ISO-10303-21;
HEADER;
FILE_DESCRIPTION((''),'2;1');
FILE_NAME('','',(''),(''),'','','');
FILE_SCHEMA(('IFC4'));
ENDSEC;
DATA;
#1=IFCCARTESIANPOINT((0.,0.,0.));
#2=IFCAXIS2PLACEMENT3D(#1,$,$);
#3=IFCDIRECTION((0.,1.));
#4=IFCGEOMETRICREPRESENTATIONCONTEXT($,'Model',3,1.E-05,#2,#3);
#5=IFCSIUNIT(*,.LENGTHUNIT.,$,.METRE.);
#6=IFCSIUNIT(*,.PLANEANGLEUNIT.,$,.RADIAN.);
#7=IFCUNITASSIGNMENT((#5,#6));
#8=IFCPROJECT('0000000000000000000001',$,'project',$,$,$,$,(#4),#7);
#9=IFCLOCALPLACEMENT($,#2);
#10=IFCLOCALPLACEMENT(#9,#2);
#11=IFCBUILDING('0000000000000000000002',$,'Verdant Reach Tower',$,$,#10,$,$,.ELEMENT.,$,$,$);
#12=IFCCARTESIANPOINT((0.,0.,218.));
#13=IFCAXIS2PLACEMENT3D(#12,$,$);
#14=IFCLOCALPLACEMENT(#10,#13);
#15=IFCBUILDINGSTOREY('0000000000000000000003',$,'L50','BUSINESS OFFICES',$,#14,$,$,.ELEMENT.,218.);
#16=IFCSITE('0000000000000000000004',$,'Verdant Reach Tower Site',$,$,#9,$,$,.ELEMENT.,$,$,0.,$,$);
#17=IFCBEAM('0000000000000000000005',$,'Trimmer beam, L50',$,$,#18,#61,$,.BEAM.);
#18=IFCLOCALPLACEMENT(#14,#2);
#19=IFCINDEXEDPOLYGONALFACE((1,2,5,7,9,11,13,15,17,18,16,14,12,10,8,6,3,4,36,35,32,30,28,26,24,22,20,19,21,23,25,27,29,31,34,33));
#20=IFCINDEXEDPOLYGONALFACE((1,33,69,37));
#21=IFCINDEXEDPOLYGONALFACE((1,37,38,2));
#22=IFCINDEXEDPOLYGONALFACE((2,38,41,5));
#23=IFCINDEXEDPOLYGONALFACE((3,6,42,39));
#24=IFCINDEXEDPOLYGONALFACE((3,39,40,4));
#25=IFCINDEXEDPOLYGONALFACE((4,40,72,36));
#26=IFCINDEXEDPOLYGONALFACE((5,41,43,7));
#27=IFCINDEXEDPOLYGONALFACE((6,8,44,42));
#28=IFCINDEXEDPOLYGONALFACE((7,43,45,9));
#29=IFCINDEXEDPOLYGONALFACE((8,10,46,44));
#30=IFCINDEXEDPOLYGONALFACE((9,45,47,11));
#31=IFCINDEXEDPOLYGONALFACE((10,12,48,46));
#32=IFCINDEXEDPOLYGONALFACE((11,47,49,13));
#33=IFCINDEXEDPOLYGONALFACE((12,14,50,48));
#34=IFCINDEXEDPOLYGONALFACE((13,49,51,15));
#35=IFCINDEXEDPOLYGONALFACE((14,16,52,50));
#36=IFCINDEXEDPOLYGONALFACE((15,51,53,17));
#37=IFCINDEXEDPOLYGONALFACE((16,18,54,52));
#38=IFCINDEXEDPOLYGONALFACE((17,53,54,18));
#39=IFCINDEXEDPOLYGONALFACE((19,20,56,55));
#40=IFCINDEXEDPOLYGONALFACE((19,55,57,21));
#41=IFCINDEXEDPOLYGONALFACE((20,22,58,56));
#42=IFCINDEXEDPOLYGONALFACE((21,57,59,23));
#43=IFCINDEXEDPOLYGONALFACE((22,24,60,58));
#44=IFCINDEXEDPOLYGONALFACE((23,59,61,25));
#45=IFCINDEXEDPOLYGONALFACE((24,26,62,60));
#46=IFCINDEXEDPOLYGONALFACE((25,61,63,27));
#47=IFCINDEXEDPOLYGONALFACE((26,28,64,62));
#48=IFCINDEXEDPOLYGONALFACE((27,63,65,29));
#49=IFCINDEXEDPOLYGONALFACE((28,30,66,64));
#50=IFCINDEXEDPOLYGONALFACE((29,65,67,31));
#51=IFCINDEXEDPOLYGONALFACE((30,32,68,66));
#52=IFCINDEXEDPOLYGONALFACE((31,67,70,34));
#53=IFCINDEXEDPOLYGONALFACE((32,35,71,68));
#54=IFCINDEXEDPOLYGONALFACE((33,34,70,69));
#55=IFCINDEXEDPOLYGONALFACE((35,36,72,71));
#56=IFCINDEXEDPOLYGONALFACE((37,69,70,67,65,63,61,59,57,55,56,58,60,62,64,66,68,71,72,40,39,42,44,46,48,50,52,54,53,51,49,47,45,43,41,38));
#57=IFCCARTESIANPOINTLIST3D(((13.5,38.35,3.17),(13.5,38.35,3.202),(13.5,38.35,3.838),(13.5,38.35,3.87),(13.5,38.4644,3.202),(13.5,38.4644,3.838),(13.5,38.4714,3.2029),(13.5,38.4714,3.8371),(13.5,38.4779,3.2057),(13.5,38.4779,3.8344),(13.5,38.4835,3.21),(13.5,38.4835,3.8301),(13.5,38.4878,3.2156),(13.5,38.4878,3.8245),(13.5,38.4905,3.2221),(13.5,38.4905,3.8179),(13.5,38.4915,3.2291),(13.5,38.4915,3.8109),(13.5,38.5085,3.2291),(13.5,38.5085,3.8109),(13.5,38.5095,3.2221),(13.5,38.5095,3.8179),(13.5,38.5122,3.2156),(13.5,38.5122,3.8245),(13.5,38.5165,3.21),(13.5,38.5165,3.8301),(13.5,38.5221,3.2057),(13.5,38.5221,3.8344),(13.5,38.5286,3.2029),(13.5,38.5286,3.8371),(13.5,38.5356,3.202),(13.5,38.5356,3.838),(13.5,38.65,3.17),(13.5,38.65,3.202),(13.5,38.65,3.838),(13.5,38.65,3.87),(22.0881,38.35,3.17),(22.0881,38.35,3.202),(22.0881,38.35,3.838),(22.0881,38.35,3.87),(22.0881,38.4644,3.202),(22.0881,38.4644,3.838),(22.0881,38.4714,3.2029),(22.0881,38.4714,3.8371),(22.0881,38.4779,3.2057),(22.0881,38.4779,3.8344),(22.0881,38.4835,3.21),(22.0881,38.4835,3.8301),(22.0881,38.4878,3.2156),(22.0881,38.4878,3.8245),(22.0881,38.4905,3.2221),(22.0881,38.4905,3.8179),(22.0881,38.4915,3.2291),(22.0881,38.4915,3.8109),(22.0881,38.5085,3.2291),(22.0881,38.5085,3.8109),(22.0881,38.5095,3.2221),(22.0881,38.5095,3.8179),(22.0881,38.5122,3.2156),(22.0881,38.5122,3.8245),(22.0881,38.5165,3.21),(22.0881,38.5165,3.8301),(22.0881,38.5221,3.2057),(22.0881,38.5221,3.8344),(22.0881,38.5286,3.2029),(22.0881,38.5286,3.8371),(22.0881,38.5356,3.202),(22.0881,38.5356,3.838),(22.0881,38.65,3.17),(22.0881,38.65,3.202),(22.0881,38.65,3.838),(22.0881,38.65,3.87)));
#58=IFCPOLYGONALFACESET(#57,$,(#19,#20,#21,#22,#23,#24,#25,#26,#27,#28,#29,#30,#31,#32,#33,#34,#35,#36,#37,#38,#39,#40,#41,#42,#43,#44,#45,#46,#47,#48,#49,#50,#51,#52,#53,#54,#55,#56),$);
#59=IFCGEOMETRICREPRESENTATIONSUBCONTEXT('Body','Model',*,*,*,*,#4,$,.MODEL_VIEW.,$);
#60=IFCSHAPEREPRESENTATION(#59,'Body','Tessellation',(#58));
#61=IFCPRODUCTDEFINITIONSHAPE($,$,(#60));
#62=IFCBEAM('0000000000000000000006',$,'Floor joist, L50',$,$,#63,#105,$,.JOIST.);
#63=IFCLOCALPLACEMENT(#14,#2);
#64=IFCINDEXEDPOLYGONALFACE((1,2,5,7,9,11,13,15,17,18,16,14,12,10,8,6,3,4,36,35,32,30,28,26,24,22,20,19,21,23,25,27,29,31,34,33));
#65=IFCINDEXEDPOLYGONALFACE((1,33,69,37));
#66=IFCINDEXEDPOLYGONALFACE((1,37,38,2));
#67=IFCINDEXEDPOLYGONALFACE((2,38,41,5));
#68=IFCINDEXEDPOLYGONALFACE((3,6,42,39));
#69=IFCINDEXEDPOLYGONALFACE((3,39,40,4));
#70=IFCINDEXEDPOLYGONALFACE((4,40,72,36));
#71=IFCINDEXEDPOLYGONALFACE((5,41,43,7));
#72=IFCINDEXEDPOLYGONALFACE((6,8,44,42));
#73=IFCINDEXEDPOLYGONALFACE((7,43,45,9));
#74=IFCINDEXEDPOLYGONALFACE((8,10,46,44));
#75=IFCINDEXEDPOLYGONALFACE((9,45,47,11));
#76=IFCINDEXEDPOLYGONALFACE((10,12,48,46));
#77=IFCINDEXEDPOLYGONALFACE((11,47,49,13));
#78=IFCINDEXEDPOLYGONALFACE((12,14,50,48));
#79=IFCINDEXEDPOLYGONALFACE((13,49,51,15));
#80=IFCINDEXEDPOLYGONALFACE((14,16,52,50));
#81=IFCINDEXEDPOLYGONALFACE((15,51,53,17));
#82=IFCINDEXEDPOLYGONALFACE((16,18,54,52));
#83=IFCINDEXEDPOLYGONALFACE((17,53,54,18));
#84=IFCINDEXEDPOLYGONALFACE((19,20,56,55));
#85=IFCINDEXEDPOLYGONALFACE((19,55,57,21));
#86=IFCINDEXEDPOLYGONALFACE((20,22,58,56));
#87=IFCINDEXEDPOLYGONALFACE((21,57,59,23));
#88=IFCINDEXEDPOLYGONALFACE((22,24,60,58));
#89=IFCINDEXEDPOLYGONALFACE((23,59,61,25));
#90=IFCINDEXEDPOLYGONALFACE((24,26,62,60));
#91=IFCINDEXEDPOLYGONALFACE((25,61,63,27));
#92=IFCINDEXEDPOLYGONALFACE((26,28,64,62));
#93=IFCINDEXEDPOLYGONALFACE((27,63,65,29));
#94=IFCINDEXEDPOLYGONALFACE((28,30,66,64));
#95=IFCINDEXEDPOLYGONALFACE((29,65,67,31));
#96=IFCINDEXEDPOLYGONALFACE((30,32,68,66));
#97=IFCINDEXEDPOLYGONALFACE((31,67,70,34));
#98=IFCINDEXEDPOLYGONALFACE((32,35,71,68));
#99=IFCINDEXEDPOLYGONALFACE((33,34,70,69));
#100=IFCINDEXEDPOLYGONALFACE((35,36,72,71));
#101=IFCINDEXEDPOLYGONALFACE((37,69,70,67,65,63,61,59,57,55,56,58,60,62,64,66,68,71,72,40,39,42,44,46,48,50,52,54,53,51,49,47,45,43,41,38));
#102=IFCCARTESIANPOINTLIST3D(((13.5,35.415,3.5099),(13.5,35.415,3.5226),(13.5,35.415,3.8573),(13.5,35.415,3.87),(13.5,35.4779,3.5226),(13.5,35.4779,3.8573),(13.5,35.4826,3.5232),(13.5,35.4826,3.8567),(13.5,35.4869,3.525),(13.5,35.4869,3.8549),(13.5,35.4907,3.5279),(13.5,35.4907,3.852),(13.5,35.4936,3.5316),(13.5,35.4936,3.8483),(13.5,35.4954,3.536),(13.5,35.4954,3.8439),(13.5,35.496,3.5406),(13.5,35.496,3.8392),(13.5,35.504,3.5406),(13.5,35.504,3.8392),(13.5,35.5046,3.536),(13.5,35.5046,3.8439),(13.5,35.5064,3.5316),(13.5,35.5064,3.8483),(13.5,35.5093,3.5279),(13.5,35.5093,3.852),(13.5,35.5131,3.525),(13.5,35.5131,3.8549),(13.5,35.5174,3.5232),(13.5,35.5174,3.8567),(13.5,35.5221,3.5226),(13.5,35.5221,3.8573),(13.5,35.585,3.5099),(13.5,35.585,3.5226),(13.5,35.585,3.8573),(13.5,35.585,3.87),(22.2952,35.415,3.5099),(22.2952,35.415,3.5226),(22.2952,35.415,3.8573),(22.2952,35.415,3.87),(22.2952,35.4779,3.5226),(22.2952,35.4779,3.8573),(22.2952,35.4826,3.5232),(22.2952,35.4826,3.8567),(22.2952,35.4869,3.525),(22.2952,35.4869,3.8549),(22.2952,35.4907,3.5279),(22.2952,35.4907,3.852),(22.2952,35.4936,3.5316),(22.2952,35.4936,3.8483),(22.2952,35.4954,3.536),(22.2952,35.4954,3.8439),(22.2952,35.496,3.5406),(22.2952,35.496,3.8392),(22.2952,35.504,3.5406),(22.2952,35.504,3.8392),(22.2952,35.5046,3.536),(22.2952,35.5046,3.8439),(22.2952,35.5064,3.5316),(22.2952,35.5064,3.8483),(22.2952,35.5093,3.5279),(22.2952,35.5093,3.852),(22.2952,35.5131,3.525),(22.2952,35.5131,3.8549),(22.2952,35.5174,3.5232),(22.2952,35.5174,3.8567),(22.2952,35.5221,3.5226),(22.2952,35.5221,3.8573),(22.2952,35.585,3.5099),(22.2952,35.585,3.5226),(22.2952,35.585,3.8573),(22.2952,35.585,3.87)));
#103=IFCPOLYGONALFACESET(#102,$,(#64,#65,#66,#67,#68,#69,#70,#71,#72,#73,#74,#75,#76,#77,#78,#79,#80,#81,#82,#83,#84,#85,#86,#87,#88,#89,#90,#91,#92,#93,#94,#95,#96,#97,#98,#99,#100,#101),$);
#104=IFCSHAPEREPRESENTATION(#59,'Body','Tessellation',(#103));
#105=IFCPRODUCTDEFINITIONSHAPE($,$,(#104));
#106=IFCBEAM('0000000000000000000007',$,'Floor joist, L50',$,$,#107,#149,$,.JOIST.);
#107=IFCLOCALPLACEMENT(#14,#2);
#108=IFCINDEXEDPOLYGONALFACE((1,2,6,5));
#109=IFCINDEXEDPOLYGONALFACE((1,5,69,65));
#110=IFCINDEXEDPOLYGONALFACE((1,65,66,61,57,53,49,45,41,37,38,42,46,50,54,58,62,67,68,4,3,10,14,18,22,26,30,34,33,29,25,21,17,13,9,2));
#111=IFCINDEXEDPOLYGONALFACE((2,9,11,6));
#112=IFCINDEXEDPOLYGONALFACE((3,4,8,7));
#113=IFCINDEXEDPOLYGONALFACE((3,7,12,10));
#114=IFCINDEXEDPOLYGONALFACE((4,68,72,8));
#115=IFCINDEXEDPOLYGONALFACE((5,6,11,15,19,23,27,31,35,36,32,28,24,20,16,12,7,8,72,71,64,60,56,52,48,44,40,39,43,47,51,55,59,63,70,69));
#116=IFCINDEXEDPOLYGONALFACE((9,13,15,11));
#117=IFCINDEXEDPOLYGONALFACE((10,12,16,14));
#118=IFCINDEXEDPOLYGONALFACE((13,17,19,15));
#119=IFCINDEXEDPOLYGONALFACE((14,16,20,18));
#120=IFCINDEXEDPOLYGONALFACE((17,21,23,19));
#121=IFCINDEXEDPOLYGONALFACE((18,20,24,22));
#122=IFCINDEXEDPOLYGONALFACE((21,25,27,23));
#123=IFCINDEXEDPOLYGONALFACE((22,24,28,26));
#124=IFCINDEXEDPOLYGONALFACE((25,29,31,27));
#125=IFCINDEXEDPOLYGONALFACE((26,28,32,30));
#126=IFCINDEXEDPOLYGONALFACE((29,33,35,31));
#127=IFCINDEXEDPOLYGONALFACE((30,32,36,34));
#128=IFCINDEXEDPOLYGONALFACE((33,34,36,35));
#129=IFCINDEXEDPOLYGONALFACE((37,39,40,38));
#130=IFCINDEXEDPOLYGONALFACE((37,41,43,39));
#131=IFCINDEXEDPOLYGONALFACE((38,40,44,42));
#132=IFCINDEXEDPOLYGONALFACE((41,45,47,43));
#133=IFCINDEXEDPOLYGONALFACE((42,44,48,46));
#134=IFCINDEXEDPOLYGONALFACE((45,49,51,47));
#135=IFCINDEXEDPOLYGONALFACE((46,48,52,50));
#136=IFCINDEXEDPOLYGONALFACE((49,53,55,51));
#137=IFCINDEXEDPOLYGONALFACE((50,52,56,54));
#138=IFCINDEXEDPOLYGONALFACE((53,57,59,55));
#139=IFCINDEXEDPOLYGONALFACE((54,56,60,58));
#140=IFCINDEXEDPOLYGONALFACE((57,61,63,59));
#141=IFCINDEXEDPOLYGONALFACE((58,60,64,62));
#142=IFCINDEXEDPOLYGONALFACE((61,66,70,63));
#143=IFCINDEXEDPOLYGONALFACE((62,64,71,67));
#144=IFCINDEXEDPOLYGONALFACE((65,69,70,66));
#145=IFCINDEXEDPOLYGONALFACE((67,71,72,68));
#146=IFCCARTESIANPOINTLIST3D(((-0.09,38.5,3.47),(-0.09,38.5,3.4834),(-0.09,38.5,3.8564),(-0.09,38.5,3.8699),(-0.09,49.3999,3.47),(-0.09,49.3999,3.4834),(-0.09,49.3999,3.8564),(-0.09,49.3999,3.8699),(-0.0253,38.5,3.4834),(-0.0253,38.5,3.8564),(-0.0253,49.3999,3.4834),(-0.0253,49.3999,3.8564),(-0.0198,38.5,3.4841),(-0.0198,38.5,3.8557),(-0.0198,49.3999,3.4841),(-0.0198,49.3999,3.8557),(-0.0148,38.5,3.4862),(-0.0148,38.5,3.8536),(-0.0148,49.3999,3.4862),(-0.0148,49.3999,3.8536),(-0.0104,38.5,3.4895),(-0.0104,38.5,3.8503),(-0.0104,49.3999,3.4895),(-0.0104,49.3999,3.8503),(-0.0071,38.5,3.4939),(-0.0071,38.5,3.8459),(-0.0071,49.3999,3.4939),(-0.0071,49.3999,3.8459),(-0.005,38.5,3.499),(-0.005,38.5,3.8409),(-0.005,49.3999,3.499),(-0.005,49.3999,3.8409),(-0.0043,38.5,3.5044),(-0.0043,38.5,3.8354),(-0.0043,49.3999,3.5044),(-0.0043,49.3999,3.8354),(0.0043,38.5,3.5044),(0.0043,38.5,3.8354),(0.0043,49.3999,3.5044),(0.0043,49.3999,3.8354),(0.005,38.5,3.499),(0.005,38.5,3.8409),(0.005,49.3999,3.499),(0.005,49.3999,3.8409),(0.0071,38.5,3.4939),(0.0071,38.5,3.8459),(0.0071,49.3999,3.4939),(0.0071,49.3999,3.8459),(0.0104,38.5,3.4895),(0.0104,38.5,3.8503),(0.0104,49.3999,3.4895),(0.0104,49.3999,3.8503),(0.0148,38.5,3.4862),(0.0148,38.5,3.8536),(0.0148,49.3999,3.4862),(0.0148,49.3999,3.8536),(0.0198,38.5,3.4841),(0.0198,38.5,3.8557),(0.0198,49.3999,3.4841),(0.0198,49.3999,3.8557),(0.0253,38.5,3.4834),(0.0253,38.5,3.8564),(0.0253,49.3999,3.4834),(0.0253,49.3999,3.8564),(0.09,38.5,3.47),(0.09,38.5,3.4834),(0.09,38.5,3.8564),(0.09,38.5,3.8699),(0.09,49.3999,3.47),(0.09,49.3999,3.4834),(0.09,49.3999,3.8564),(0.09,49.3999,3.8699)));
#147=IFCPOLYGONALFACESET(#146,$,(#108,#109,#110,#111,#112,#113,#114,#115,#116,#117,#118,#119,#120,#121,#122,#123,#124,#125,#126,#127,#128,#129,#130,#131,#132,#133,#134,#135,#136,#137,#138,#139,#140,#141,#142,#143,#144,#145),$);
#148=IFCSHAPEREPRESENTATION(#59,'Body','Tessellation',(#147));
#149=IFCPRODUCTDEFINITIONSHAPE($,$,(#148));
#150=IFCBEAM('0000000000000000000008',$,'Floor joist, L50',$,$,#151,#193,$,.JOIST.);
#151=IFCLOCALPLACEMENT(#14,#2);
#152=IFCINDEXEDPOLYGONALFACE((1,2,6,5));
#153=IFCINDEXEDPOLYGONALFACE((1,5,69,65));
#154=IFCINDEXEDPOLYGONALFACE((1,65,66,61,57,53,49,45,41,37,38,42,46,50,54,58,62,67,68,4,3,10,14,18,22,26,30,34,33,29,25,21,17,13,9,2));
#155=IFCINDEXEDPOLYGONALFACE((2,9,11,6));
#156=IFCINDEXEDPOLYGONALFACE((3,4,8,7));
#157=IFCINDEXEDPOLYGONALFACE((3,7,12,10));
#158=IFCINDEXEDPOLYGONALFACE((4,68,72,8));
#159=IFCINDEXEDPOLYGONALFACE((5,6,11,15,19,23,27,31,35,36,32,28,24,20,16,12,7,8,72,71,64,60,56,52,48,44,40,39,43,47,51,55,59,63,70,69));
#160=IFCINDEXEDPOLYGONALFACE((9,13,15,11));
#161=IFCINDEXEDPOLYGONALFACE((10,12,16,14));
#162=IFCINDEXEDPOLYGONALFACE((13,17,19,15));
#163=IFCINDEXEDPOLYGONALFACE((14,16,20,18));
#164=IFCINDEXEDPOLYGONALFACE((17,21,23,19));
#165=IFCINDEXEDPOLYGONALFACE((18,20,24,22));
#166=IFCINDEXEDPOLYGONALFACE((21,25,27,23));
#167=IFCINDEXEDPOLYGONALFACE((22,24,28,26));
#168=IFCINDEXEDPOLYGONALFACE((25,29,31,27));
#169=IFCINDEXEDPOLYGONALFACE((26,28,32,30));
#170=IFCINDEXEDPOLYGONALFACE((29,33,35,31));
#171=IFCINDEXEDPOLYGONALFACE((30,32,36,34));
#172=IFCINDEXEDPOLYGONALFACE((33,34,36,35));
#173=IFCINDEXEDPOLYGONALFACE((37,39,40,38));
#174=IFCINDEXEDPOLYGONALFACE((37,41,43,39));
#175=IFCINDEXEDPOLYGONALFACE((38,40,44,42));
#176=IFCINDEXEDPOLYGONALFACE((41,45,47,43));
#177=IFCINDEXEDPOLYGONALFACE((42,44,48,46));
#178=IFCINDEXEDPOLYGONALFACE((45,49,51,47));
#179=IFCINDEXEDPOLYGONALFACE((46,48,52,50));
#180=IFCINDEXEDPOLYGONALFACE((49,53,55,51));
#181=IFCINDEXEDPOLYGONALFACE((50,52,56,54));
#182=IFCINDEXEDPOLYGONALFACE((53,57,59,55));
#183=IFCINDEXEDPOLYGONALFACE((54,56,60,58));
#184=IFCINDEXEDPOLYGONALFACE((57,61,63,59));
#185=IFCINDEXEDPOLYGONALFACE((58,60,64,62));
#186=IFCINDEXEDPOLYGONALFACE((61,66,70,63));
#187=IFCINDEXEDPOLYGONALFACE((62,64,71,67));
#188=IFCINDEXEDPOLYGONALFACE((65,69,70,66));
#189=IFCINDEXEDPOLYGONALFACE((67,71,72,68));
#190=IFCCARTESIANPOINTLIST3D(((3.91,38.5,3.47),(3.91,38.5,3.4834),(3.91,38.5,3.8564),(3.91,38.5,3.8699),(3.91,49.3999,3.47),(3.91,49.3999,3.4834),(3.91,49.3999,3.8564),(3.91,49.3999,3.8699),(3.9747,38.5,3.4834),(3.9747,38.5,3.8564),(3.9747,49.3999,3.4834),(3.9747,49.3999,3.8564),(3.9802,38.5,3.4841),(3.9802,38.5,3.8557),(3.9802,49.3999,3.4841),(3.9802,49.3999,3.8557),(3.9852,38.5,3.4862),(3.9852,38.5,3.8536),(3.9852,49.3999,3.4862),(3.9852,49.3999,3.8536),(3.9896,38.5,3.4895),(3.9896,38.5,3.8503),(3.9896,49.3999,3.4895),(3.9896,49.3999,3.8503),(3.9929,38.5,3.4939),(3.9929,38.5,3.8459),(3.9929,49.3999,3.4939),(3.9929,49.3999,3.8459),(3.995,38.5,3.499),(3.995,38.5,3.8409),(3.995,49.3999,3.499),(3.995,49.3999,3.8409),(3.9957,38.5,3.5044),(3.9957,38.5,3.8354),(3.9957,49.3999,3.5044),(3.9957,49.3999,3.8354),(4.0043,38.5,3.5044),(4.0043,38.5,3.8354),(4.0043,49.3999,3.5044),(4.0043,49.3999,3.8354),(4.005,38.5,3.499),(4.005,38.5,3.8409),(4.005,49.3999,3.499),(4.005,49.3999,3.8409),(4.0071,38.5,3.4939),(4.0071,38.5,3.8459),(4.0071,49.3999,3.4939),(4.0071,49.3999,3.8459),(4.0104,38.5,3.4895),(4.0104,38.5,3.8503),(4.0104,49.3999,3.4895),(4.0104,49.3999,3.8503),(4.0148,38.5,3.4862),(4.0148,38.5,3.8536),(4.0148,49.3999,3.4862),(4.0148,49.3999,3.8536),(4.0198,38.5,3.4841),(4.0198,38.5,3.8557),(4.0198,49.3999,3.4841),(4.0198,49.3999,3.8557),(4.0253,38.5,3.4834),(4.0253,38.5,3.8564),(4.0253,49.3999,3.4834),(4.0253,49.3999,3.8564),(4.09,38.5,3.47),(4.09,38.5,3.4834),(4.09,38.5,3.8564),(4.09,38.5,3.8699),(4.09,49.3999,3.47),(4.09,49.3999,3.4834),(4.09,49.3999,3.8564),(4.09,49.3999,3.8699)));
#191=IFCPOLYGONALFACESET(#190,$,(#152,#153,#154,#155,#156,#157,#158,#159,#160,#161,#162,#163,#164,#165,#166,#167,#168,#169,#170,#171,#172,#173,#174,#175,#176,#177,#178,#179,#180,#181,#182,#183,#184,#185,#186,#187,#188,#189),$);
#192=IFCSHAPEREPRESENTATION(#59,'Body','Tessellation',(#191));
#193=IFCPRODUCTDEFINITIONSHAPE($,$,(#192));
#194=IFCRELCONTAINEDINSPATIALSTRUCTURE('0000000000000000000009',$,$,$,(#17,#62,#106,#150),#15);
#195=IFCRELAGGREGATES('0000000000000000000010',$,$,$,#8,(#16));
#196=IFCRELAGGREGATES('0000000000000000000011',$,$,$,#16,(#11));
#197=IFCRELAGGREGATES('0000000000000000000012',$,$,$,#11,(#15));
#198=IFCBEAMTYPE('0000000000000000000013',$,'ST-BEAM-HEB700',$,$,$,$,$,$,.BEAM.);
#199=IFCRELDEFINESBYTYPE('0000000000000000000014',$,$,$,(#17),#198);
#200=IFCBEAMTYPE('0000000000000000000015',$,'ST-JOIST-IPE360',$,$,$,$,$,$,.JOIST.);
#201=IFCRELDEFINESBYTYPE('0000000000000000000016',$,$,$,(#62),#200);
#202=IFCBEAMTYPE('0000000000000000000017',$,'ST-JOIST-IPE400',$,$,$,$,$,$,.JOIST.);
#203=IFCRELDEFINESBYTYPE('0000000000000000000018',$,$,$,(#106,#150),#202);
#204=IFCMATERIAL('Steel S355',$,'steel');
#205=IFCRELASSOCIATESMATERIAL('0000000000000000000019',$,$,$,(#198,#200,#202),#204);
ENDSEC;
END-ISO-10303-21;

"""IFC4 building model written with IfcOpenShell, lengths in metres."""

from ifc_helpers import new_model, si_unit, direction, frame, origin, origin_2d, place, context, subcontext, project, spatial, i_section, extrude, material, material_profile, profile_set, type_object, element, save


model = new_model("IFC4")

# Units and contexts
model_context = context("Model", 3, precision=1e-05, world=origin(), true_north=direction((0.0, 1.0)))
body_context = subcontext(model_context, "Body", "Model", "MODEL_VIEW")
ifc_project = project(units=[si_unit("LENGTHUNIT", "METRE"), si_unit("PLANEANGLEUNIT", "RADIAN")], contexts=[model_context])

# Site, building, storey
site_placement = place(None, origin())
site = spatial("IfcSite", under=ifc_project, at=site_placement, Name="Verdant Reach Tower Site", CompositionType="ELEMENT", RefElevation=0.0)
building_placement = place(site_placement, origin())
building = spatial("IfcBuilding", under=site, at=building_placement, Name="Verdant Reach Tower", CompositionType="ELEMENT")
storey_placement = place(building_placement, frame((0.0, 0.0, 218.0)))
storey = spatial("IfcBuildingStorey", under=building, at=storey_placement, Name="L50", Description="BUSINESS OFFICES", CompositionType="ELEMENT", Elevation=218.0)

# Beams
ifc_material_1 = material(Name="Steel S355", Category="steel")
ifc_material_profile_1 = material_profile(ifc_material_1, i_section(OverallWidth=0.3, OverallDepth=0.7, WebThickness=0.0171, FlangeThickness=0.032, FilletRadius=0.0271, at=origin_2d()), Name="HEB 700")
ifc_profile_set_1 = profile_set([ifc_material_profile_1], Name="Steel S355")
beam_type_1 = type_object("IfcBeamType", Name="ST-BEAM-HEB700", PredefinedType="BEAM", material=ifc_profile_set_1)
beam_1_placement = place(storey_placement, frame((13.5, 38.5, 3.52), z_axis=(1.0, 0.0, 0.0), x_axis=(0.0, 1.0, 0.0)))
element("IfcBeam", 1, at=beam_1_placement, inside=storey, type_object=beam_type_1, Name="Trimmer beam, L50", PredefinedType="BEAM", context=body_context, shape_type="SweptSolid", body=[
    extrude(i_section(OverallWidth=0.3, OverallDepth=0.7, WebThickness=0.0171, FlangeThickness=0.032, FilletRadius=0.0271, at=origin_2d()), origin(), (0.0, 0.0, 1.0), 8.5881),
])
ifc_material_profile_2 = material_profile(ifc_material_1, i_section(OverallWidth=0.1699, OverallDepth=0.3601, WebThickness=0.0081, FlangeThickness=0.0127, FilletRadius=0.0181, at=origin_2d()), Name="IPE 360")
ifc_profile_set_2 = profile_set([ifc_material_profile_2], Name="Steel S355")
beam_type_2 = type_object("IfcBeamType", Name="ST-JOIST-IPE360", PredefinedType="JOIST", material=ifc_profile_set_2)
beam_2_placement = place(storey_placement, frame((13.5, 35.5, 3.6899), z_axis=(1.0, 0.0, 0.0), x_axis=(0.0, 1.0, 0.0)))
element("IfcBeam", 2, at=beam_2_placement, inside=storey, type_object=beam_type_2, Name="Floor joist, L50", PredefinedType="JOIST", context=body_context, shape_type="SweptSolid", body=[
    extrude(i_section(OverallWidth=0.1699, OverallDepth=0.3601, WebThickness=0.0081, FlangeThickness=0.0127, FilletRadius=0.0181, at=origin_2d()), origin(), (0.0, 0.0, 1.0), 8.7952),
])
ifc_material_profile_3 = material_profile(ifc_material_1, i_section(OverallWidth=0.1799, OverallDepth=0.3999, WebThickness=0.0085, FlangeThickness=0.0134, FilletRadius=0.021, at=origin_2d()), Name="IPE 400")
ifc_profile_set_3 = profile_set([ifc_material_profile_3], Name="Steel S355")
beam_type_3 = type_object("IfcBeamType", Name="ST-JOIST-IPE400", PredefinedType="JOIST", material=ifc_profile_set_3)
for number, where, z_axis, x_axis, name in (
    (3, (0.0, 38.5, 3.6699), (0.0, 1.0, 0.0), (-1.0, 0.0, 0.0), "Floor joist, L50"),
    (4, (4.0, 38.5, 3.6699), (0.0, 1.0, 0.0), (-1.0, 0.0, 0.0), "Floor joist, L50"),
):
    element("IfcBeam", number, at=place(storey_placement, frame(where, z_axis=z_axis, x_axis=x_axis)), inside=storey, type_object=beam_type_3, Name=name, PredefinedType="JOIST", context=body_context, shape_type="SweptSolid", body=[
        extrude(i_section(OverallWidth=0.1799, OverallDepth=0.3999, WebThickness=0.0085, FlangeThickness=0.0134, FilletRadius=0.021, at=origin_2d()), origin(), (0.0, 0.0, 1.0), 10.8999),
    ])

save(model, "model.ifc")
